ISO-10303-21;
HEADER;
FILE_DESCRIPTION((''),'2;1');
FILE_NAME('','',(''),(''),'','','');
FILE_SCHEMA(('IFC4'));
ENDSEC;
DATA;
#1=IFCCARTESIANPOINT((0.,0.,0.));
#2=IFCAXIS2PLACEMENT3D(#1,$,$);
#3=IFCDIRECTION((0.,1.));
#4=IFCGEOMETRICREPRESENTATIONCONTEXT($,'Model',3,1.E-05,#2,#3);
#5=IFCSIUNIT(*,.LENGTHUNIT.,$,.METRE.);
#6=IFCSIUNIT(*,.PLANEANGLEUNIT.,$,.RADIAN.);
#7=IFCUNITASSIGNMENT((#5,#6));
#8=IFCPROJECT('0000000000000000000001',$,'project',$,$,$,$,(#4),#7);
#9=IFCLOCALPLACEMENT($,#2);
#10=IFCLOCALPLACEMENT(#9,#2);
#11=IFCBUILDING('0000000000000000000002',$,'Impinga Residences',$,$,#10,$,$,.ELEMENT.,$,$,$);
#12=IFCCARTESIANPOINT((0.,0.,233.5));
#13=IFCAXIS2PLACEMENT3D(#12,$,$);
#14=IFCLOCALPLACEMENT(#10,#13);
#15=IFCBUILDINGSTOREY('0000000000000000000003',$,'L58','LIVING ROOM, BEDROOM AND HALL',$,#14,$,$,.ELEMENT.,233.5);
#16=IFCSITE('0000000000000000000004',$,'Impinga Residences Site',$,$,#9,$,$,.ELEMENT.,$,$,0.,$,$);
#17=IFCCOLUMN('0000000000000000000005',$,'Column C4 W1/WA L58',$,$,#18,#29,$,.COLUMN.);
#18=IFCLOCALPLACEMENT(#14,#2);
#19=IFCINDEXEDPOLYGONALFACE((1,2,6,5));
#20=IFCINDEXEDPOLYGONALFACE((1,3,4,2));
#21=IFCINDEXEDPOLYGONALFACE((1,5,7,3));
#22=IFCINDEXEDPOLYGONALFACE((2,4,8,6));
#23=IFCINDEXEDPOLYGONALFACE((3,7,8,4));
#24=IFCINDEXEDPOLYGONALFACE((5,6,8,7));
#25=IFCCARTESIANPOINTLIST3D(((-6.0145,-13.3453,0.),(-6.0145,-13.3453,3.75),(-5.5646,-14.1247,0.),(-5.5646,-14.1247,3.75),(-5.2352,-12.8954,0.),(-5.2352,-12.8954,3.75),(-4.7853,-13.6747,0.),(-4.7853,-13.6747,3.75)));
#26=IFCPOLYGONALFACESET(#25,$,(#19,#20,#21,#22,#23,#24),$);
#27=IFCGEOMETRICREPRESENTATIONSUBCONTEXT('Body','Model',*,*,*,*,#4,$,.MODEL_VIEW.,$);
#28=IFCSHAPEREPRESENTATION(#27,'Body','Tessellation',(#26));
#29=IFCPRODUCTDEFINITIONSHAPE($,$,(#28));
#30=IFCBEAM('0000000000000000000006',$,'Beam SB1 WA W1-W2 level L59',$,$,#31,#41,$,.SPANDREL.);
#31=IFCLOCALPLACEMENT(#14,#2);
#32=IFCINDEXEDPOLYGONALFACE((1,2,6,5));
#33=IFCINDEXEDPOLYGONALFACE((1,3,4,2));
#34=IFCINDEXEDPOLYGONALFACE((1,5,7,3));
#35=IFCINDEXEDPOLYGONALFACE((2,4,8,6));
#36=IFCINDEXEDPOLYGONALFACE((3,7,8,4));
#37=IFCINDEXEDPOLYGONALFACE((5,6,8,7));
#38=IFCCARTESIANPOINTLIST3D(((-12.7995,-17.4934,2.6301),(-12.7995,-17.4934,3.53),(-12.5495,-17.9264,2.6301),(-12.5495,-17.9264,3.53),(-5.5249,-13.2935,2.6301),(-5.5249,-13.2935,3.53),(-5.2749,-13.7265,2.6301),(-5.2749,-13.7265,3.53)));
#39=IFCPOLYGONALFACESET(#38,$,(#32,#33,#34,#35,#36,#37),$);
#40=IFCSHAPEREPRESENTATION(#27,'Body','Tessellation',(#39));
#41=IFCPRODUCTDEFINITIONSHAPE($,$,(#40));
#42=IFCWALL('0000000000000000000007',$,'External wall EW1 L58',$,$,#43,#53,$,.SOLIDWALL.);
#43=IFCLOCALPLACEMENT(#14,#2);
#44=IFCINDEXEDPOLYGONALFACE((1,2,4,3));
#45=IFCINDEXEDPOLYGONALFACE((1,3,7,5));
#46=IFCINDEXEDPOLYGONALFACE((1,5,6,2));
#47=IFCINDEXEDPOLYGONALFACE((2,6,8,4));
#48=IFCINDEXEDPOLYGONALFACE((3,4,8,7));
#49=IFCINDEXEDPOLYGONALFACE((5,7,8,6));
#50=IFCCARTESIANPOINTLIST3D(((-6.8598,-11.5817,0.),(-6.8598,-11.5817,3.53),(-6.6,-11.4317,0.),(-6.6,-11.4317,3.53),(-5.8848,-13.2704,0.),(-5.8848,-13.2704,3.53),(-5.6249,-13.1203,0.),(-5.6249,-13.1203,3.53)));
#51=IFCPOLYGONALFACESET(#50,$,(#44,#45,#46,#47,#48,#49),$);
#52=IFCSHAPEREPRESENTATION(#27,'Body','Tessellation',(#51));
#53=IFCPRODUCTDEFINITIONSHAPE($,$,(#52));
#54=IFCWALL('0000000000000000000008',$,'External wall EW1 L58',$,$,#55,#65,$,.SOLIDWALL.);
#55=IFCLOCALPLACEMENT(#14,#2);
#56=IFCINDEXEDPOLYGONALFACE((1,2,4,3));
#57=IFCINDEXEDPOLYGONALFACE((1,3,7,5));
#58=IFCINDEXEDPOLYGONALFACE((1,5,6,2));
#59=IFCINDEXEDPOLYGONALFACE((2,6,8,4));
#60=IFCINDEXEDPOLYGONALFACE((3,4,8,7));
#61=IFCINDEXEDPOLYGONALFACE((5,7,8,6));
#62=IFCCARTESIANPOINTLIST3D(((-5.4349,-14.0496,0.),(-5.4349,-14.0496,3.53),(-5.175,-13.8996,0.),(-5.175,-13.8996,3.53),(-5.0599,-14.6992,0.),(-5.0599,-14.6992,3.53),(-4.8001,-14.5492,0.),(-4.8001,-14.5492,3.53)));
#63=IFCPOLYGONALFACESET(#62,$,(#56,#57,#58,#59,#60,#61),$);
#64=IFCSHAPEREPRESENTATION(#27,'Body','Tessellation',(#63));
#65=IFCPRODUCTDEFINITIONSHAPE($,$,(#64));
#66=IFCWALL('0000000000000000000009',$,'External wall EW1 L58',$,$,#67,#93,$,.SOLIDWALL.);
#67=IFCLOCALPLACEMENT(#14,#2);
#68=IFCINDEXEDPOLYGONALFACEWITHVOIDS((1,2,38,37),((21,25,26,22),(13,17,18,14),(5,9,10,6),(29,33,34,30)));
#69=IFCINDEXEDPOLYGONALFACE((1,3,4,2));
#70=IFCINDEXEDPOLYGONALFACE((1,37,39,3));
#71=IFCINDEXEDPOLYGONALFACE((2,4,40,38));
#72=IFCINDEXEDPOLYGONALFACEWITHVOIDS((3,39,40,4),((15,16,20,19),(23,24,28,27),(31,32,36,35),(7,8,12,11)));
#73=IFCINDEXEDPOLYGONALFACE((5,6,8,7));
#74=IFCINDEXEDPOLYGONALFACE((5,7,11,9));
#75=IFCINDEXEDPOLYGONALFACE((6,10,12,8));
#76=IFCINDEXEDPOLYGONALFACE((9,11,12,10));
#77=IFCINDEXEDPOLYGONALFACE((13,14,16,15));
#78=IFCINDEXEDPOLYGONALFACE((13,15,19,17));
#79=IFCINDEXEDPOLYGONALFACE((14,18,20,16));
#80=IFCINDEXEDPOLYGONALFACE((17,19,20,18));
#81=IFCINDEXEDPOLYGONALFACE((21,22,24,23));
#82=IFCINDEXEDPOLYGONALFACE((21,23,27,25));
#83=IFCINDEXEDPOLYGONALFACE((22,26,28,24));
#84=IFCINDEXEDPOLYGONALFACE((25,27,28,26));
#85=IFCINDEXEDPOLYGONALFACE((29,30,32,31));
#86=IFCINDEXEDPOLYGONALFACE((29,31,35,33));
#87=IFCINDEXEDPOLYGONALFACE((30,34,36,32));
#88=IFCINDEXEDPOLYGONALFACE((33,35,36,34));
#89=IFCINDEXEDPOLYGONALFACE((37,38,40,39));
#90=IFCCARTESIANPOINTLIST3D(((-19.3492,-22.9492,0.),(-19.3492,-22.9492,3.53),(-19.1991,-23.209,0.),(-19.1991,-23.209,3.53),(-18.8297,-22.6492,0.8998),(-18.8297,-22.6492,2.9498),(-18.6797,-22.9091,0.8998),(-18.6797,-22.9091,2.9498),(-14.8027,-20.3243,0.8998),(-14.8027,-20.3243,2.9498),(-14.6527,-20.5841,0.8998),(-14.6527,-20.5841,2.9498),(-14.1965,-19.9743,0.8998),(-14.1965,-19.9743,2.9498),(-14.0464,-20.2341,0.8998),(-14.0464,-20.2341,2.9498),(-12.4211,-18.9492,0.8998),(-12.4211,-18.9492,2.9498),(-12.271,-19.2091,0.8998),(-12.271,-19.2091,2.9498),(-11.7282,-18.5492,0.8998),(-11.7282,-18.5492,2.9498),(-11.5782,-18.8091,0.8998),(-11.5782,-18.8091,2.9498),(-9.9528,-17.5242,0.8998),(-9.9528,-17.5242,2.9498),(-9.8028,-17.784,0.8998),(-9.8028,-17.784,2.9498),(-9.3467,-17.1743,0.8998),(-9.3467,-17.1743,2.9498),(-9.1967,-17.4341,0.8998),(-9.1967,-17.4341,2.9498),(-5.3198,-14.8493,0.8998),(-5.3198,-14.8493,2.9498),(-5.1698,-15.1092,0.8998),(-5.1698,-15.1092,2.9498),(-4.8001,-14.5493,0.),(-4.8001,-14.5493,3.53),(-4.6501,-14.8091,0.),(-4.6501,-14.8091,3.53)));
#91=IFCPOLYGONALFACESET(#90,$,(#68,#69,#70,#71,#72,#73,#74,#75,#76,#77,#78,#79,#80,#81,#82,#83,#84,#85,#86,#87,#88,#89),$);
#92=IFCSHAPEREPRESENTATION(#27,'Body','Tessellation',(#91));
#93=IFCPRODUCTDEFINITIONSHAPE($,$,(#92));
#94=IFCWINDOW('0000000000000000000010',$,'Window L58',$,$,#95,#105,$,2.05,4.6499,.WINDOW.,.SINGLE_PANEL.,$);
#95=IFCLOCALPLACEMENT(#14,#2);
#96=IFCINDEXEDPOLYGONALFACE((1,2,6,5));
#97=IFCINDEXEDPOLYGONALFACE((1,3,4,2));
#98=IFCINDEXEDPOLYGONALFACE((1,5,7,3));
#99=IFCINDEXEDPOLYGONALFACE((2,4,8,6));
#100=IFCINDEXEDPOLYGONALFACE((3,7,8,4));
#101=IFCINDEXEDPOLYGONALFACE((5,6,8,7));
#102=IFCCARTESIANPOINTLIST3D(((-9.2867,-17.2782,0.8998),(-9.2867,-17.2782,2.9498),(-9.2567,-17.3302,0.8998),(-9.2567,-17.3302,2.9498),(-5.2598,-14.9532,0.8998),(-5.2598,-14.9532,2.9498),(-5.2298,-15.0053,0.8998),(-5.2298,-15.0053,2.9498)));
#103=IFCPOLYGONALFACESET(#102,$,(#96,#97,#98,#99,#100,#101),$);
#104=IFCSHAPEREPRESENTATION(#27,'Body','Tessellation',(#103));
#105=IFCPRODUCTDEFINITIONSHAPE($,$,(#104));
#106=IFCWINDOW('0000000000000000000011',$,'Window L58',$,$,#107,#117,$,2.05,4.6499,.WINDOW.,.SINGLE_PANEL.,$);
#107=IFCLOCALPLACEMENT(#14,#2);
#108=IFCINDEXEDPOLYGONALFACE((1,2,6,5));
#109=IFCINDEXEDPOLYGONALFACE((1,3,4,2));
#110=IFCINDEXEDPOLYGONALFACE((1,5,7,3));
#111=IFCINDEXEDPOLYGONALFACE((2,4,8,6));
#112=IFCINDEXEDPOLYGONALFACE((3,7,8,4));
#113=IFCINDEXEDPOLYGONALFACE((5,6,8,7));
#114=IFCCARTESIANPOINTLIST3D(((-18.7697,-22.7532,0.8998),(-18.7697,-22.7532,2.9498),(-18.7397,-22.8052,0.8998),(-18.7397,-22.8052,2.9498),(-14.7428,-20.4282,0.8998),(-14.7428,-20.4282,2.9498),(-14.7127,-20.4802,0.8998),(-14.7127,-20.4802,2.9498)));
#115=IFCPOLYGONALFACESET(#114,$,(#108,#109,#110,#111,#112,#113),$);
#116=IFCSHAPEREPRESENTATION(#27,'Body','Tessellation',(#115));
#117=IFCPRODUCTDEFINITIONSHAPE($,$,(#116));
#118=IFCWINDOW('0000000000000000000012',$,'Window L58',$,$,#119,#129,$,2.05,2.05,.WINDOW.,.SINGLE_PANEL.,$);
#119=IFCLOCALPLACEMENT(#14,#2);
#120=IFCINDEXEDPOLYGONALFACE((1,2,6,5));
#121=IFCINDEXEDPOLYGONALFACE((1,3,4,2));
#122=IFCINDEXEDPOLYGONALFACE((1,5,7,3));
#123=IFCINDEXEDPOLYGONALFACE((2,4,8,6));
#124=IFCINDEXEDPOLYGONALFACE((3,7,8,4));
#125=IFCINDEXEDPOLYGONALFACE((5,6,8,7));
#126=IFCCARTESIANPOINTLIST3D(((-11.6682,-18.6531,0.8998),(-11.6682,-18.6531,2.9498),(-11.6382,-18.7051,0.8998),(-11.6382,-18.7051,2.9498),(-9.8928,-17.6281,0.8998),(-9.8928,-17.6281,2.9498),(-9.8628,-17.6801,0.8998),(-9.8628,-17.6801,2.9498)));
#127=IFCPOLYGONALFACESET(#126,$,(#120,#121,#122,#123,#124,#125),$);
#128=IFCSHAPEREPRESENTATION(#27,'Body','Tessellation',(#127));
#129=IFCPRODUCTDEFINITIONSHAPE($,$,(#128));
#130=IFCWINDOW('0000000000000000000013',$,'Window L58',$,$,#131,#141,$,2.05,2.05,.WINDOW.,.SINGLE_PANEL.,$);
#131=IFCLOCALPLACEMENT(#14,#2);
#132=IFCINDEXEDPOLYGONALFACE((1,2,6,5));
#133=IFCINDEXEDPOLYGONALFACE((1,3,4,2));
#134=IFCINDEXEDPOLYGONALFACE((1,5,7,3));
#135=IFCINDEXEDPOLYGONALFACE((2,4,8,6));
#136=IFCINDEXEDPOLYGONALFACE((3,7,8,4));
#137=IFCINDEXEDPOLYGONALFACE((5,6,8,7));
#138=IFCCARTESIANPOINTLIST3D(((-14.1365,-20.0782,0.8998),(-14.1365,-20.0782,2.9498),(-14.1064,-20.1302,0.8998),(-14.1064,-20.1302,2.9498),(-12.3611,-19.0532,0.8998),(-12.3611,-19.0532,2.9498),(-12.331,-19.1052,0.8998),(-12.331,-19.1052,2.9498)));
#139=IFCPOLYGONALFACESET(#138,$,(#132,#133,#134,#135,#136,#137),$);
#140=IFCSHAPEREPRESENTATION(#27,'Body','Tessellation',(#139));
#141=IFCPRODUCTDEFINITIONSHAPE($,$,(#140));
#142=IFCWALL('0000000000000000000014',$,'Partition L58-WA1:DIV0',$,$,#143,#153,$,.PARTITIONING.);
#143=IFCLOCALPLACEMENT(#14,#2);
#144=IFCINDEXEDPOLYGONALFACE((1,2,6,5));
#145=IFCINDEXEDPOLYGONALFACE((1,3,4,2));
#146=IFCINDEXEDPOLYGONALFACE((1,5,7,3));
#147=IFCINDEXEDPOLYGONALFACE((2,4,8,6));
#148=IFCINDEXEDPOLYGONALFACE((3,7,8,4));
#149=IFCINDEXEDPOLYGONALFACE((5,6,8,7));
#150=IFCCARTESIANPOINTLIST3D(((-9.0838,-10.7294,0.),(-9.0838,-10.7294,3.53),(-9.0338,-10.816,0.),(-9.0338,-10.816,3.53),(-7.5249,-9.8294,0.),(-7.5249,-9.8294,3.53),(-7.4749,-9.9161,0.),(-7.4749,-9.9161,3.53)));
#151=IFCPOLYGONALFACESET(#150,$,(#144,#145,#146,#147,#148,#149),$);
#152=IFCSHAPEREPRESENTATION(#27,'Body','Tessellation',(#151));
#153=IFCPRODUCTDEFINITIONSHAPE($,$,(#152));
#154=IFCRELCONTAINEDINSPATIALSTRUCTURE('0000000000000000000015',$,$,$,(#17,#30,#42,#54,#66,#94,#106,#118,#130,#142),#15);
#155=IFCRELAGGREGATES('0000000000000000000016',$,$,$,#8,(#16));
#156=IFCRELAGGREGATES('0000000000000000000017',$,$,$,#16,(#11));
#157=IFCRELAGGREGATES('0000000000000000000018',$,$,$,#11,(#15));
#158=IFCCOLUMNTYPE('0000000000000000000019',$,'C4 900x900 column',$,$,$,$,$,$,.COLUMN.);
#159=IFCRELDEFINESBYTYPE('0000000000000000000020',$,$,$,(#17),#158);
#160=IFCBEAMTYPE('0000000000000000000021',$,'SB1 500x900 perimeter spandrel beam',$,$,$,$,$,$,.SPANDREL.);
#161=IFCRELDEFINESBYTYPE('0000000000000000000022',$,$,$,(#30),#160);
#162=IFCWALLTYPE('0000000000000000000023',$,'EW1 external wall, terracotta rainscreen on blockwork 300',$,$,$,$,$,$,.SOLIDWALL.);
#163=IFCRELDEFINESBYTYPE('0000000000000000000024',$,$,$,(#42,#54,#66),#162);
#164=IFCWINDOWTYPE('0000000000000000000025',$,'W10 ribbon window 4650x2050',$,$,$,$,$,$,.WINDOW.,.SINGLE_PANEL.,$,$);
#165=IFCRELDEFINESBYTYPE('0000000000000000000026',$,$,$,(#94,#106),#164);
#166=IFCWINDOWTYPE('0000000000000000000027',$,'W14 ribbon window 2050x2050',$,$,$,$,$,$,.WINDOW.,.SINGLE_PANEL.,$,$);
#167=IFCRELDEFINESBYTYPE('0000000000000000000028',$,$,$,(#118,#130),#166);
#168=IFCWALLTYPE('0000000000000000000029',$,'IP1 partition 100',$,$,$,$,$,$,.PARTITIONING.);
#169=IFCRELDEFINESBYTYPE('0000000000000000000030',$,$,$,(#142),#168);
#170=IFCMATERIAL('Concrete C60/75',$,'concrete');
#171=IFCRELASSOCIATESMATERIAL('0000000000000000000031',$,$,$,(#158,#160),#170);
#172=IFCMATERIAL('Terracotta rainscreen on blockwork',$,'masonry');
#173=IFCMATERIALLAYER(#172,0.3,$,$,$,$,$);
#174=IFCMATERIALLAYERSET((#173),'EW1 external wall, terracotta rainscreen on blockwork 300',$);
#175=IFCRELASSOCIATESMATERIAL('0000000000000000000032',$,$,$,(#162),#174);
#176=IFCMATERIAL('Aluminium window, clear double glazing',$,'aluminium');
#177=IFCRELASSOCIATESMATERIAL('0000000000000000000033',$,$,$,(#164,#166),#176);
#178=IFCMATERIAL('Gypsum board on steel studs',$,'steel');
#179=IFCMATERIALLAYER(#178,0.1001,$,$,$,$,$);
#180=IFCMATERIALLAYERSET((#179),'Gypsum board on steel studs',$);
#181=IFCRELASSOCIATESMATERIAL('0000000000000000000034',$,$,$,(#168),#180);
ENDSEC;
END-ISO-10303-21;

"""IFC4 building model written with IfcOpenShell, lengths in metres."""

from ifc_helpers import new_model, si_unit, direction, frame, frame_2d, origin, origin_2d, place, context, subcontext, project, spatial, rectangle, extrude, material, layer, layer_set, material_profile, profile_set, type_object, element, fill, save


model = new_model("IFC4")

# Units and contexts
model_context = context("Model", 3, precision=1e-05, world=origin(), true_north=direction((0.0, 1.0)))
body_context = subcontext(model_context, "Body", "Model", "MODEL_VIEW")
ifc_project = project(units=[si_unit("LENGTHUNIT", "METRE"), si_unit("PLANEANGLEUNIT", "RADIAN")], contexts=[model_context])

# Site, building, storey
site_placement = place(None, origin())
site = spatial("IfcSite", under=ifc_project, at=site_placement, Name="Impinga Residences Site", CompositionType="ELEMENT", RefElevation=0.0)
building_placement = place(site_placement, origin())
building = spatial("IfcBuilding", under=site, at=building_placement, Name="Impinga Residences", CompositionType="ELEMENT")
storey_placement = place(building_placement, frame((0.0, 0.0, 233.5)))
storey = spatial("IfcBuildingStorey", under=building, at=storey_placement, Name="L58", Description="LIVING ROOM, BEDROOM AND HALL", CompositionType="ELEMENT", Elevation=233.5)

# Column
ifc_material_1 = material(Name="Concrete C60/75", Category="concrete")
ifc_material_profile_1 = material_profile(ifc_material_1, rectangle(XDim=0.8999, YDim=0.8999, at=origin_2d()), Name="RC 900x900")
ifc_profile_set_1 = profile_set([ifc_material_profile_1], Name="Concrete C60/75")
column_type = type_object("IfcColumnType", Name="C4 900x900 column", PredefinedType="COLUMN", material=ifc_profile_set_1)
column_placement = place(storey_placement, frame((-5.3999, -13.51, 0.0), z_axis=(0.0, 0.0, 1.0), x_axis=(-0.5, 0.866025, 0.0)))
element("IfcColumn", 1, at=column_placement, inside=storey, type_object=column_type, Name="Column C4 W1/WA L58", PredefinedType="COLUMN", context=body_context, shape_type="SweptSolid", body=[
    extrude(rectangle(XDim=0.8999, YDim=0.8999, at=origin_2d()), origin(), (0.0, 0.0, 1.0), 3.75),
])

# Beam
ifc_material_profile_2 = material_profile(ifc_material_1, rectangle(XDim=0.5, YDim=0.8999, at=origin_2d()), Name="RC 500x900")
ifc_profile_set_2 = profile_set([ifc_material_profile_2], Name="Concrete C60/75")
beam_type = type_object("IfcBeamType", Name="SB1 500x900 perimeter spandrel beam", PredefinedType="SPANDREL", material=ifc_profile_set_2)
beam_placement = place(storey_placement, frame((-5.3999, -13.51, 3.0801), z_axis=(-0.866029, -0.499993, 0.0), x_axis=(0.499993, -0.866029, 0.0)))
element("IfcBeam", 2, at=beam_placement, inside=storey, type_object=beam_type, Name="Beam SB1 WA W1-W2 level L59", PredefinedType="SPANDREL", context=body_context, shape_type="SweptSolid", body=[
    extrude(rectangle(XDim=0.5, YDim=0.8999, at=origin_2d()), origin(), (0.0, 0.0, 1.0), 8.3999),
])

# Walls
ifc_material_2 = material(Name="Terracotta rainscreen on blockwork", Category="masonry")
ifc_layer_1 = layer(ifc_material_2, 0.3)
ifc_layer_set_1 = layer_set([ifc_layer_1], Name="EW1 external wall, terracotta rainscreen on blockwork 300")
wall_type_1 = type_object("IfcWallType", Name="EW1 external wall, terracotta rainscreen on blockwork 300", PredefinedType="SOLIDWALL", material=ifc_layer_set_1)
wall_1_placement = place(storey_placement, frame((-6.73, -11.5066, 0.0), z_axis=(0.0, 0.0, 1.0), x_axis=(0.500044, -0.866, 0.0)))
element("IfcWall", 3, at=wall_1_placement, inside=storey, type_object=wall_type_1, Name="External wall EW1 L58", PredefinedType="SOLIDWALL", context=body_context, shape_type="SweptSolid", body=[
    extrude(rectangle(XDim=1.95, YDim=0.3, at=frame_2d((0.9751, 0.0))), origin(), (0.0, 0.0, 1.0), 3.53),
])
wall_2_placement = place(storey_placement, frame((-5.3049, -13.9746, 0.0), z_axis=(0.0, 0.0, 1.0), x_axis=(0.49992, -0.866072, 0.0)))
element("IfcWall", 4, at=wall_2_placement, inside=storey, type_object=wall_type_1, Name="External wall EW1 L58", PredefinedType="SOLIDWALL", context=body_context, shape_type="SweptSolid", body=[
    extrude(rectangle(XDim=0.75, YDim=0.3, at=frame_2d((0.375, 0.0))), origin(), (0.0, 0.0, 1.0), 3.53),
])

# Wall, openings, windows
wall_3_placement = place(storey_placement, frame((-4.7251, -14.6792, 0.0), z_axis=(0.0, 0.0, 1.0), x_axis=(-0.866026, -0.5, 0.0)))
wall_3 = element("IfcWall", 5, at=wall_3_placement, inside=storey, type_object=wall_type_1, Name="External wall EW1 L58", PredefinedType="SOLIDWALL", context=body_context, shape_type="SweptSolid", body=[
    extrude(rectangle(XDim=16.7998, YDim=0.3, at=frame_2d((8.3999, 0.0))), origin(), (0.0, 0.0, 1.0), 3.53),
])
opening_1_placement = place(wall_3_placement, frame((0.6001, 0.0, 0.8999)))
opening_1 = element("IfcOpeningElement", 6, at=opening_1_placement, cuts=wall_3, PredefinedType="OPENING", context=body_context, shape_type="SweptSolid", body=[
    extrude(rectangle(XDim=4.6499, YDim=2.05, at=frame_2d((2.325, 1.0249))), frame((0.0, 0.1599, 0.0), z_axis=(0.0, -1.0, 0.0), x_axis=(1.0, 0.0, 0.0)), (0.0, 0.0, 1.0), 0.3201),
])
opening_2_placement = place(wall_3_placement, frame((5.95, 0.0, 0.8999)))
opening_2 = element("IfcOpeningElement", 7, at=opening_2_placement, cuts=wall_3, PredefinedType="OPENING", context=body_context, shape_type="SweptSolid", body=[
    extrude(rectangle(XDim=2.05, YDim=2.05, at=frame_2d((1.0249, 1.0249))), frame((0.0, 0.1599, 0.0), z_axis=(0.0, -1.0, 0.0), x_axis=(1.0, 0.0, 0.0)), (0.0, 0.0, 1.0), 0.3201),
])
opening_3_placement = place(wall_3_placement, frame((8.8, 0.0, 0.8999)))
opening_3 = element("IfcOpeningElement", 8, at=opening_3_placement, cuts=wall_3, PredefinedType="OPENING", context=body_context, shape_type="SweptSolid", body=[
    extrude(rectangle(XDim=2.05, YDim=2.05, at=frame_2d((1.0249, 1.0249))), frame((0.0, 0.1599, 0.0), z_axis=(0.0, -1.0, 0.0), x_axis=(1.0, 0.0, 0.0)), (0.0, 0.0, 1.0), 0.3201),
])
opening_4_placement = place(wall_3_placement, frame((11.55, 0.0, 0.8999)))
opening_4 = element("IfcOpeningElement", 9, at=opening_4_placement, cuts=wall_3, PredefinedType="OPENING", context=body_context, shape_type="SweptSolid", body=[
    extrude(rectangle(XDim=4.6499, YDim=2.05, at=frame_2d((2.325, 1.0249))), frame((0.0, 0.1599, 0.0), z_axis=(0.0, -1.0, 0.0), x_axis=(1.0, 0.0, 0.0)), (0.0, 0.0, 1.0), 0.3201),
])
ifc_material_3 = material(Name="Aluminium window, clear double glazing", Category="aluminium")
window_type_1 = type_object("IfcWindowType", Name="W10 ribbon window 4650x2050", PartitioningType="SINGLE_PANEL", PredefinedType="WINDOW", material=ifc_material_3)
window_1_placement = place(opening_1_placement, origin())
window_1 = element("IfcWindow", 10, at=window_1_placement, inside=storey, type_object=window_type_1, Name="Window L58", OverallHeight=2.05, OverallWidth=4.6499, PartitioningType="SINGLE_PANEL", PredefinedType="WINDOW", context=body_context, shape_type="SweptSolid", body=[
    extrude(rectangle(XDim=4.6499, YDim=2.05, at=frame_2d((2.325, 1.0249))), frame((0.0, 0.03, 0.0), z_axis=(0.0, -1.0, 0.0), x_axis=(1.0, 0.0, 0.0)), (0.0, 0.0, 1.0), 0.0601),
])
fill(opening_1, window_1)
window_2_placement = place(opening_4_placement, origin())
window_2 = element("IfcWindow", 11, at=window_2_placement, inside=storey, type_object=window_type_1, Name="Window L58", OverallHeight=2.05, OverallWidth=4.6499, PartitioningType="SINGLE_PANEL", PredefinedType="WINDOW", context=body_context, shape_type="SweptSolid", body=[
    extrude(rectangle(XDim=4.6499, YDim=2.05, at=frame_2d((2.325, 1.0249))), frame((0.0, 0.03, 0.0), z_axis=(0.0, -1.0, 0.0), x_axis=(1.0, 0.0, 0.0)), (0.0, 0.0, 1.0), 0.0601),
])
fill(opening_4, window_2)
window_type_2 = type_object("IfcWindowType", Name="W14 ribbon window 2050x2050", PartitioningType="SINGLE_PANEL", PredefinedType="WINDOW", material=ifc_material_3)
window_3_placement = place(opening_2_placement, origin())
window_3 = element("IfcWindow", 12, at=window_3_placement, inside=storey, type_object=window_type_2, Name="Window L58", OverallHeight=2.05, OverallWidth=2.05, PartitioningType="SINGLE_PANEL", PredefinedType="WINDOW", context=body_context, shape_type="SweptSolid", body=[
    extrude(rectangle(XDim=2.05, YDim=2.05, at=frame_2d((1.0249, 1.0249))), frame((0.0, 0.03, 0.0), z_axis=(0.0, -1.0, 0.0), x_axis=(1.0, 0.0, 0.0)), (0.0, 0.0, 1.0), 0.0601),
])
fill(opening_2, window_3)
window_4_placement = place(opening_3_placement, origin())
window_4 = element("IfcWindow", 13, at=window_4_placement, inside=storey, type_object=window_type_2, Name="Window L58", OverallHeight=2.05, OverallWidth=2.05, PartitioningType="SINGLE_PANEL", PredefinedType="WINDOW", context=body_context, shape_type="SweptSolid", body=[
    extrude(rectangle(XDim=2.05, YDim=2.05, at=frame_2d((1.0249, 1.0249))), frame((0.0, 0.03, 0.0), z_axis=(0.0, -1.0, 0.0), x_axis=(1.0, 0.0, 0.0)), (0.0, 0.0, 1.0), 0.0601),
])
fill(opening_3, window_4)

# Wall
ifc_material_4 = material(Name="Gypsum board on steel studs", Category="steel")
ifc_layer_2 = layer(ifc_material_4, 0.1001)
ifc_layer_set_2 = layer_set([ifc_layer_2], Name="Gypsum board on steel studs")
wall_type_2 = type_object("IfcWallType", Name="IP1 partition 100", PredefinedType="PARTITIONING", material=ifc_layer_set_2)
wall_4_placement = place(storey_placement, frame((-7.5, -9.8728, 0.0), z_axis=(0.0, 0.0, 1.0), x_axis=(-0.866048, -0.499961, 0.0)))
element("IfcWall", 14, at=wall_4_placement, inside=storey, type_object=wall_type_2, Name="Partition L58-WA1:DIV0", PredefinedType="PARTITIONING", context=body_context, shape_type="SweptSolid", body=[
    extrude(rectangle(XDim=1.8, YDim=0.1001, at=frame_2d((0.8999, 0.0))), origin(), (0.0, 0.0, 1.0), 3.53),
])

save(model, "model.ifc")
